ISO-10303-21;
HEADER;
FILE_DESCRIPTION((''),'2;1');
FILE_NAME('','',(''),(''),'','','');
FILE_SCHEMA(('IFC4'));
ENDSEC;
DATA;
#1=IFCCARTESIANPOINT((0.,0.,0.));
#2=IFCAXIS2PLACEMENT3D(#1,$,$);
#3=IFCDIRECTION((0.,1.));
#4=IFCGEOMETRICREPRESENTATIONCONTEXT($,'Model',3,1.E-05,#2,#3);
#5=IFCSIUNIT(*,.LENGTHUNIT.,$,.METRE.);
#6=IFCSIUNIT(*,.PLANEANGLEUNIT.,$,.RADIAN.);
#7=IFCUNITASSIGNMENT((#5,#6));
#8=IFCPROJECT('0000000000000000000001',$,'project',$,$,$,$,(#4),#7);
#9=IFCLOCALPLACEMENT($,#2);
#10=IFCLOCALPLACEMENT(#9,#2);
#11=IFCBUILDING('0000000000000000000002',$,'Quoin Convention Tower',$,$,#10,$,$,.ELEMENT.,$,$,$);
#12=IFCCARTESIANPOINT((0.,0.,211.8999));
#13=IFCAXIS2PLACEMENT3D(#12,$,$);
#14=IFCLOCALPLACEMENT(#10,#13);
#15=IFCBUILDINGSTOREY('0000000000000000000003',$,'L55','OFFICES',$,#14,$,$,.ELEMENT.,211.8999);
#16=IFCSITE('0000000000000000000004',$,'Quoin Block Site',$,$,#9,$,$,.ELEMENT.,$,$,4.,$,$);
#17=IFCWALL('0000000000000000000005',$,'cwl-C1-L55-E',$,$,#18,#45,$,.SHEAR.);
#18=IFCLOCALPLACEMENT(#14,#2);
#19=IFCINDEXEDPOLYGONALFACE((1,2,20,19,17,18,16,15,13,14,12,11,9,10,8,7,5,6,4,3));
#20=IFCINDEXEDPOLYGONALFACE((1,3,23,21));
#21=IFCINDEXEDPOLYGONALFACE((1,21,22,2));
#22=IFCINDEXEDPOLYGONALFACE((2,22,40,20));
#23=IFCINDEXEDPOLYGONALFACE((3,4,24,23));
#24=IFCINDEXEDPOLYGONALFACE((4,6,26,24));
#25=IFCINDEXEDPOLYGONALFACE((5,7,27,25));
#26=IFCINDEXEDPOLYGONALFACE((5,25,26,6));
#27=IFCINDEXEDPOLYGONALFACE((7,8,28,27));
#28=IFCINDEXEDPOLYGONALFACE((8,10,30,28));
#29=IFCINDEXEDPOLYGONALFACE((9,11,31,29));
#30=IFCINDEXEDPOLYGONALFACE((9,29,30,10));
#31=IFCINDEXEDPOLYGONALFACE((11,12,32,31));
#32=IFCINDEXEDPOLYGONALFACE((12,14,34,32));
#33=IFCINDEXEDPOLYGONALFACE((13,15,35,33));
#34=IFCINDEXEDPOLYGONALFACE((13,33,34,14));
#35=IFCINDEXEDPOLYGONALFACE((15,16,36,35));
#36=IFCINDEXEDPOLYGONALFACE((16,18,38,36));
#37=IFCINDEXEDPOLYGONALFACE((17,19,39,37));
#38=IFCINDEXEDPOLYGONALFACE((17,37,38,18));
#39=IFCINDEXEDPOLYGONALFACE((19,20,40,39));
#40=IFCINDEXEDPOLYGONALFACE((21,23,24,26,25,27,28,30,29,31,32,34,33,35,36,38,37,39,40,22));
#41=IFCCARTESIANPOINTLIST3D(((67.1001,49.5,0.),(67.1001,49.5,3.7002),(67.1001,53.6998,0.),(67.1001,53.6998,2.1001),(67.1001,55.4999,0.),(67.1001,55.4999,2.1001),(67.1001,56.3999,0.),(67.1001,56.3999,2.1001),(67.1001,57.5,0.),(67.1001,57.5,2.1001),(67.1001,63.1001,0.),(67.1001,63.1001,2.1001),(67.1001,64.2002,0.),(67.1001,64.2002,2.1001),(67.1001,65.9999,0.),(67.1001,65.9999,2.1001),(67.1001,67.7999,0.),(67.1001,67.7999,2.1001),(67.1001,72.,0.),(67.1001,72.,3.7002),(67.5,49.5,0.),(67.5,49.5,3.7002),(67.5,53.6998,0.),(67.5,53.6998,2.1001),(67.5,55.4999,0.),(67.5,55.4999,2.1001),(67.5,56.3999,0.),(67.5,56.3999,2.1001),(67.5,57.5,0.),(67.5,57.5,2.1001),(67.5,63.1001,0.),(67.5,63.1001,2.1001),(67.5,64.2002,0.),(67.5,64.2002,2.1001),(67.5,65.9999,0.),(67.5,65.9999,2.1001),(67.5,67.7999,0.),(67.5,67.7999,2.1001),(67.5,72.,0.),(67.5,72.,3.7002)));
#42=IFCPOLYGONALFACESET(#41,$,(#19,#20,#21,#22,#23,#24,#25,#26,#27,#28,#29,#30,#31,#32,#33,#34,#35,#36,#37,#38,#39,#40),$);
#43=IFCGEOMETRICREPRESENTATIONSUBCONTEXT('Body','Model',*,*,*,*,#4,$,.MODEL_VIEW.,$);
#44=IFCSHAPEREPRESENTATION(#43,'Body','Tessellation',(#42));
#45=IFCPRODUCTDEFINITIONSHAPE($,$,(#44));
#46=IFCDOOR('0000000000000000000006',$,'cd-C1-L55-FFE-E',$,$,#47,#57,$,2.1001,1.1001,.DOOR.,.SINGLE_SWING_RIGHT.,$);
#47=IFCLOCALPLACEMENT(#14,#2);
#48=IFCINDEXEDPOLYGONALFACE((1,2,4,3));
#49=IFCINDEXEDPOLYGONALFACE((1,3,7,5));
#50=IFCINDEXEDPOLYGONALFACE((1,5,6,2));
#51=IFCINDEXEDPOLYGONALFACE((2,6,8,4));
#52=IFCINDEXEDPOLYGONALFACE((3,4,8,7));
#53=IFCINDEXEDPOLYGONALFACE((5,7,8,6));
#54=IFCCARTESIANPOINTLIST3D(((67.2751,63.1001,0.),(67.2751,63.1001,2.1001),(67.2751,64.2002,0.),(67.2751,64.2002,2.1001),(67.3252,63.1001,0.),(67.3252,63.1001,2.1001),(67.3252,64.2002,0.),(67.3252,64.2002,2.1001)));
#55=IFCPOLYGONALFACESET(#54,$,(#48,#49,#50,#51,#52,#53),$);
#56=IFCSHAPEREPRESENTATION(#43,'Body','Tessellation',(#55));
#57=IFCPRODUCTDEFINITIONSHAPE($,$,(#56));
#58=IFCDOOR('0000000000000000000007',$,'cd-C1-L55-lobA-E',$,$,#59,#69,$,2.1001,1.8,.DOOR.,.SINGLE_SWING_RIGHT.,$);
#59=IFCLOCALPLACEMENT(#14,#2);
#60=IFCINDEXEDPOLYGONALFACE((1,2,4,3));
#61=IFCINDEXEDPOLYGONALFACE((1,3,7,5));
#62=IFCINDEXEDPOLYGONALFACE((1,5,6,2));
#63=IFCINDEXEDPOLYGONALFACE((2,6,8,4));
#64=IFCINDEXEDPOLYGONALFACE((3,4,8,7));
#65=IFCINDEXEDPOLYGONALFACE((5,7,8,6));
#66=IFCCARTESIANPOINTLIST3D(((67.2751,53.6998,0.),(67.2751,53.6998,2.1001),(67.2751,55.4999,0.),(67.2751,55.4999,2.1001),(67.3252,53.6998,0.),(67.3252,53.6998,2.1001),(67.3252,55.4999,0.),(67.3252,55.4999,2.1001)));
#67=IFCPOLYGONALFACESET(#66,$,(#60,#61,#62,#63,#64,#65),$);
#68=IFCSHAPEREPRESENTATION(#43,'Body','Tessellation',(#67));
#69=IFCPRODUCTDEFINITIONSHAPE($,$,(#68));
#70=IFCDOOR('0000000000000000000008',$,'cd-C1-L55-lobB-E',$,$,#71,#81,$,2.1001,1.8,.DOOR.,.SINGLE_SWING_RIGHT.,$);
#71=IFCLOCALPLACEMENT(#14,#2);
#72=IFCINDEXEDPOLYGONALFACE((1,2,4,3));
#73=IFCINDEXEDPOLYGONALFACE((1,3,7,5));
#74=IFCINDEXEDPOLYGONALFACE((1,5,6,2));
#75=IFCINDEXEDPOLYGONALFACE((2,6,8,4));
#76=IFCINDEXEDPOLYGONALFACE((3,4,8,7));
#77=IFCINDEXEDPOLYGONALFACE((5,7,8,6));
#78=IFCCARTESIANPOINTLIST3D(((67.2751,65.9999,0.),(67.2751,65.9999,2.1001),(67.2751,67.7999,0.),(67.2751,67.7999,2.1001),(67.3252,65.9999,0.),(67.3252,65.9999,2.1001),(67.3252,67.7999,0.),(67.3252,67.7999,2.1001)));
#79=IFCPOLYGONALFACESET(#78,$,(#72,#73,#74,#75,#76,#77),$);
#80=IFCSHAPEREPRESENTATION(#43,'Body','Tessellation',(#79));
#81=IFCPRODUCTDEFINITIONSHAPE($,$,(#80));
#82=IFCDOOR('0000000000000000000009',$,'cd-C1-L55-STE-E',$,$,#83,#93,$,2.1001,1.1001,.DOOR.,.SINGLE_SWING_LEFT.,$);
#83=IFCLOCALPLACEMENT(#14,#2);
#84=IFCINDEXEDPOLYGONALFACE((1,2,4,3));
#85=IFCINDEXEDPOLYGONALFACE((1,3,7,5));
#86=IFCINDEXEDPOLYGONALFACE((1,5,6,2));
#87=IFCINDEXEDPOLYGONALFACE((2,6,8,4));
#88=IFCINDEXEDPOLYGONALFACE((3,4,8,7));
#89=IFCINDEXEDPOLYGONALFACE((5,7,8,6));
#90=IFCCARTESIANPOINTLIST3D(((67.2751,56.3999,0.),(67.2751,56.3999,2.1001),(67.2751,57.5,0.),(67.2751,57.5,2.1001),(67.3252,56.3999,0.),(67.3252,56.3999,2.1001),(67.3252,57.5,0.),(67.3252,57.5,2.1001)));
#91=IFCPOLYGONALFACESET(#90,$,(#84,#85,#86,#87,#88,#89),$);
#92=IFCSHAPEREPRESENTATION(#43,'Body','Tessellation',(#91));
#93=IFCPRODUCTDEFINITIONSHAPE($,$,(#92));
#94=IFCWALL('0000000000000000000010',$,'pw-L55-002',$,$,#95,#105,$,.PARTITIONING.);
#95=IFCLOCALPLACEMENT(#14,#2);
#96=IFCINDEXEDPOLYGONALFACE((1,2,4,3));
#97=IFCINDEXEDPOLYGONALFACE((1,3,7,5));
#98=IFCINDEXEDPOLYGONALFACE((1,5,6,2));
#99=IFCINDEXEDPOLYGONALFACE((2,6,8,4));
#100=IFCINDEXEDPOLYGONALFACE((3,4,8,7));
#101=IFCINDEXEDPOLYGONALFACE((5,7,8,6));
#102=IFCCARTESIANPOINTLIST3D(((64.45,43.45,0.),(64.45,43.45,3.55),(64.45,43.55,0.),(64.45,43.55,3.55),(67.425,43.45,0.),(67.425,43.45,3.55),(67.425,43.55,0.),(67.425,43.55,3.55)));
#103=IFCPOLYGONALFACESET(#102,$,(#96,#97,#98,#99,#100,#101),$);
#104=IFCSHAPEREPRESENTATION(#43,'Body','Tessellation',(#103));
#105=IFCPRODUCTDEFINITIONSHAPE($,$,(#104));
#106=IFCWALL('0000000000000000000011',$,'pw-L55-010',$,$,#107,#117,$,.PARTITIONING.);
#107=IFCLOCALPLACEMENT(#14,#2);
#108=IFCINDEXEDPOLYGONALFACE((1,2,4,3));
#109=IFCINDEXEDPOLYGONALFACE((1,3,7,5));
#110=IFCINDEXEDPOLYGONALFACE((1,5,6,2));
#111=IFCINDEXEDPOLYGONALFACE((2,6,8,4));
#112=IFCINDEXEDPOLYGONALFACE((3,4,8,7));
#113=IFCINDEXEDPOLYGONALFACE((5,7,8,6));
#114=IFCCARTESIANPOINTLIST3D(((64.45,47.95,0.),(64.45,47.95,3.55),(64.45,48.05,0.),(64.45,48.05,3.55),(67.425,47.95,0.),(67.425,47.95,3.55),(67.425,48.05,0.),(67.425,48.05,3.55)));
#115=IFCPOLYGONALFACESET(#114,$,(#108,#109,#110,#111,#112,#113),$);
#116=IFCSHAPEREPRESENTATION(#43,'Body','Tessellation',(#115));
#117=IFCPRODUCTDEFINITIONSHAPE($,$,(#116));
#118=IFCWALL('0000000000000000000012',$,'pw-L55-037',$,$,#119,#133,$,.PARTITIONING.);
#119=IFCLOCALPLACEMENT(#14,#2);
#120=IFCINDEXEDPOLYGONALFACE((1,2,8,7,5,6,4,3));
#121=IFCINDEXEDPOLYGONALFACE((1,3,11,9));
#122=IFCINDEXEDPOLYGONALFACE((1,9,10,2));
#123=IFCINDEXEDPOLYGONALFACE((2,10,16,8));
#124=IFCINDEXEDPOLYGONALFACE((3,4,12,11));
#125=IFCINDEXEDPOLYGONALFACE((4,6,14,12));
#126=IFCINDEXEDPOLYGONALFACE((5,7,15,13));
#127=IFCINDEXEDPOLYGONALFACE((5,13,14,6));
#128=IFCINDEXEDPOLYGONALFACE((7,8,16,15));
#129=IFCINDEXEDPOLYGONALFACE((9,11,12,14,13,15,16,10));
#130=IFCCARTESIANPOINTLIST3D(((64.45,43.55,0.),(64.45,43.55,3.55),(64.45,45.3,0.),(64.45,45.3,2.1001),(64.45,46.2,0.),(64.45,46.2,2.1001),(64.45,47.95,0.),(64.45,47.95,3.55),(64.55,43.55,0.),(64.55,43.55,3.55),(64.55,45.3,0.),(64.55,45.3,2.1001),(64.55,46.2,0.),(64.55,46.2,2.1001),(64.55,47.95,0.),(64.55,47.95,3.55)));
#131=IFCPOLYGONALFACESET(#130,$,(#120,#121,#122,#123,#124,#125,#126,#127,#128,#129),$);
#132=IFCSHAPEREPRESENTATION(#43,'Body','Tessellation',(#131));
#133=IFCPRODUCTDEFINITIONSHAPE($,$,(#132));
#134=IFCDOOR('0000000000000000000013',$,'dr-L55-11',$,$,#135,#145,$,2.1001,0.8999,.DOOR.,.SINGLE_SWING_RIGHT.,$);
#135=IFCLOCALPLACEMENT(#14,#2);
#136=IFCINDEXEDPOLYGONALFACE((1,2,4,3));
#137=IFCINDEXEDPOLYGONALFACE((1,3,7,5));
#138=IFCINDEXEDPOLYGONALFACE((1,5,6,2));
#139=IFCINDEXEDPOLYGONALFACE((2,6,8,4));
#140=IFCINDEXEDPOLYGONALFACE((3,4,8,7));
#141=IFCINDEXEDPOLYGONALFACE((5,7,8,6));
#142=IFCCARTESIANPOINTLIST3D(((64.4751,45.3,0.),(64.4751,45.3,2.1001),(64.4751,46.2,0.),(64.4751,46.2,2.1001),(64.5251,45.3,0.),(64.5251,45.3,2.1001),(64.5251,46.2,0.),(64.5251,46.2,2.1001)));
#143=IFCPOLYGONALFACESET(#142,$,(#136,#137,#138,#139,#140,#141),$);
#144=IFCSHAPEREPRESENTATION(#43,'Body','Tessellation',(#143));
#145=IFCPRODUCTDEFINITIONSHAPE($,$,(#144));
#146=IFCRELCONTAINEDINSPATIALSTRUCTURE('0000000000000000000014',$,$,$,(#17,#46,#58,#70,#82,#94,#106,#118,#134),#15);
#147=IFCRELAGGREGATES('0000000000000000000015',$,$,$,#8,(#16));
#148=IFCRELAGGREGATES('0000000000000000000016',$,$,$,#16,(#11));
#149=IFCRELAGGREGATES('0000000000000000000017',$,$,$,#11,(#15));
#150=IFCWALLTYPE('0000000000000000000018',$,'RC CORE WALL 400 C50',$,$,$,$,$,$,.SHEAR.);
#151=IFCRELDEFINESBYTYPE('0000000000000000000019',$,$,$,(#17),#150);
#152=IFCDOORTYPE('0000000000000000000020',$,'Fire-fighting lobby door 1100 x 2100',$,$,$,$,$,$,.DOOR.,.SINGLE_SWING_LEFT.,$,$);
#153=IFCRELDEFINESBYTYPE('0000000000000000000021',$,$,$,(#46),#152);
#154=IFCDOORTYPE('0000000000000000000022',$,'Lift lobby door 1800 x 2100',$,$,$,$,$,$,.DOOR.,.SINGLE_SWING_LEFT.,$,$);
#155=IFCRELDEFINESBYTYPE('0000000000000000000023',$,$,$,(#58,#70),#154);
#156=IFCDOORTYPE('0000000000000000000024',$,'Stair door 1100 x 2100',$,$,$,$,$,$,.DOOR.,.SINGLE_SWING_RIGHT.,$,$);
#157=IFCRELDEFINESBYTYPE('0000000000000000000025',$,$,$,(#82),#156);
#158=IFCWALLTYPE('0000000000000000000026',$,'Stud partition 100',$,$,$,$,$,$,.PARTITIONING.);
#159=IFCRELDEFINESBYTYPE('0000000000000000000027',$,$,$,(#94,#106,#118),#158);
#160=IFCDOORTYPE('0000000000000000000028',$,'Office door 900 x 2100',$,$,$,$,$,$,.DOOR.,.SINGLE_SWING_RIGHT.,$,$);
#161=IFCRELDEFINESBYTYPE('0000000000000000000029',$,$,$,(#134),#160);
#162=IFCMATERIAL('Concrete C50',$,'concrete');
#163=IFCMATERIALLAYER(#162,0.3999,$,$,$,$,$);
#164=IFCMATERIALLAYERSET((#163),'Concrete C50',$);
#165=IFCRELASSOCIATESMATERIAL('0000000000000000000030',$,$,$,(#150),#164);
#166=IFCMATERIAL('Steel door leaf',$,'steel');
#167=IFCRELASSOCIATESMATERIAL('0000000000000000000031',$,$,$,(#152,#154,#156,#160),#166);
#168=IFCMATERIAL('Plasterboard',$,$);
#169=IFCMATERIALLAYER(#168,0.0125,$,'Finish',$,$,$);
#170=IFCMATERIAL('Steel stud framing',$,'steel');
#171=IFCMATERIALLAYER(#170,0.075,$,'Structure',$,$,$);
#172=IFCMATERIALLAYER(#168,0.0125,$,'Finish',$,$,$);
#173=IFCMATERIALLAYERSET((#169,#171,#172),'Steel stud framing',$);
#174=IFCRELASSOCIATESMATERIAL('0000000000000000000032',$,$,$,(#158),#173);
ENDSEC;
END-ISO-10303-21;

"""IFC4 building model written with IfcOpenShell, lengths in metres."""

from ifc_helpers import new_model, si_unit, direction, frame, frame_2d, origin, place, context, subcontext, project, spatial, rectangle, extrude, material, layer, layer_set, type_object, element, fill, save


model = new_model("IFC4")

# Units and contexts
model_context = context("Model", 3, precision=1e-05, world=origin(), true_north=direction((0.0, 1.0)))
body_context = subcontext(model_context, "Body", "Model", "MODEL_VIEW")
ifc_project = project(units=[si_unit("LENGTHUNIT", "METRE"), si_unit("PLANEANGLEUNIT", "RADIAN")], contexts=[model_context])

# Site, building, storey
site_placement = place(None, origin())
site = spatial("IfcSite", under=ifc_project, at=site_placement, Name="Quoin Block Site", CompositionType="ELEMENT", RefElevation=4.0)
building_placement = place(site_placement, origin())
building = spatial("IfcBuilding", under=site, at=building_placement, Name="Quoin Convention Tower", CompositionType="ELEMENT")
storey_placement = place(building_placement, frame((0.0, 0.0, 211.8999)))
storey = spatial("IfcBuildingStorey", under=building, at=storey_placement, Name="L55", Description="OFFICES", CompositionType="ELEMENT", Elevation=211.8999)

# Shared definitions
ifc_material_1 = material(Name="Concrete C50", Category="concrete")

# Shared definitions
ifc_material_2 = material(Name="Plasterboard")
ifc_material_3 = material(Name="Steel stud framing", Category="steel")

# Shared definitions
ifc_material_4 = material(Name="Steel door leaf", Category="steel")

# Wall, openings, doors
ifc_layer_1 = layer(ifc_material_1, 0.3999)
ifc_layer_set_1 = layer_set([ifc_layer_1], Name="Concrete C50")
wall_type_1 = type_object("IfcWallType", Name="RC CORE WALL 400 C50", PredefinedType="SHEAR", material=ifc_layer_set_1)
wall_1_placement = place(storey_placement, frame((67.3, 49.5, 0.0), z_axis=(0.0, 0.0, 1.0), x_axis=(0.0, 1.0, 0.0)))
wall_1 = element("IfcWall", 1, at=wall_1_placement, inside=storey, type_object=wall_type_1, Name="cwl-C1-L55-E", PredefinedType="SHEAR", context=body_context, shape_type="SweptSolid", body=[
    extrude(rectangle(XDim=22.5, YDim=0.3999, at=frame_2d((11.25, 0.0))), origin(), (0.0, 0.0, 1.0), 3.7002),
])
opening_1_placement = place(wall_1_placement, frame((4.2, 0.0, 0.0)))
opening_1 = element("IfcOpeningElement", 2, at=opening_1_placement, cuts=wall_1, PredefinedType="OPENING", context=body_context, shape_type="SweptSolid", body=[
    extrude(rectangle(XDim=1.8, YDim=2.1001, at=frame_2d((0.8999, 1.05))), frame((0.0, 0.21, 0.0), z_axis=(0.0, -1.0, 0.0), x_axis=(1.0, 0.0, 0.0)), (0.0, 0.0, 1.0), 0.4199),
])
opening_2_placement = place(wall_1_placement, frame((6.8999, 0.0, 0.0)))
opening_2 = element("IfcOpeningElement", 3, at=opening_2_placement, cuts=wall_1, PredefinedType="OPENING", context=body_context, shape_type="SweptSolid", body=[
    extrude(rectangle(XDim=1.1001, YDim=2.1001, at=frame_2d((0.55, 1.05))), frame((0.0, 0.21, 0.0), z_axis=(0.0, -1.0, 0.0), x_axis=(1.0, 0.0, 0.0)), (0.0, 0.0, 1.0), 0.4199),
])
opening_3_placement = place(wall_1_placement, frame((13.6001, 0.0, 0.0)))
opening_3 = element("IfcOpeningElement", 4, at=opening_3_placement, cuts=wall_1, PredefinedType="OPENING", context=body_context, shape_type="SweptSolid", body=[
    extrude(rectangle(XDim=1.1001, YDim=2.1001, at=frame_2d((0.55, 1.05))), frame((0.0, 0.21, 0.0), z_axis=(0.0, -1.0, 0.0), x_axis=(1.0, 0.0, 0.0)), (0.0, 0.0, 1.0), 0.4199),
])
opening_4_placement = place(wall_1_placement, frame((16.5, 0.0, 0.0)))
opening_4 = element("IfcOpeningElement", 5, at=opening_4_placement, cuts=wall_1, PredefinedType="OPENING", context=body_context, shape_type="SweptSolid", body=[
    extrude(rectangle(XDim=1.8, YDim=2.1001, at=frame_2d((0.8999, 1.05))), frame((0.0, 0.21, 0.0), z_axis=(0.0, -1.0, 0.0), x_axis=(1.0, 0.0, 0.0)), (0.0, 0.0, 1.0), 0.4199),
])
door_type_1 = type_object("IfcDoorType", Name="Fire-fighting lobby door 1100 x 2100", OperationType="SINGLE_SWING_LEFT", PredefinedType="DOOR", material=ifc_material_4)
door_1_placement = place(opening_3_placement, origin())
door_1 = element("IfcDoor", 6, at=door_1_placement, inside=storey, type_object=door_type_1, Name="cd-C1-L55-FFE-E", OperationType="SINGLE_SWING_RIGHT", OverallHeight=2.1001, OverallWidth=1.1001, PredefinedType="DOOR", context=body_context, shape_type="SweptSolid", body=[
    extrude(rectangle(XDim=1.1001, YDim=2.1001, at=frame_2d((0.55, 1.05))), frame((0.0, 0.0249, 0.0), z_axis=(0.0, -1.0, 0.0), x_axis=(1.0, 0.0, 0.0)), (0.0, 0.0, 1.0), 0.05),
])
fill(opening_3, door_1)
door_type_2 = type_object("IfcDoorType", Name="Lift lobby door 1800 x 2100", OperationType="SINGLE_SWING_LEFT", PredefinedType="DOOR", material=ifc_material_4)
door_2_placement = place(opening_1_placement, origin())
door_2 = element("IfcDoor", 7, at=door_2_placement, inside=storey, type_object=door_type_2, Name="cd-C1-L55-lobA-E", OperationType="SINGLE_SWING_RIGHT", OverallHeight=2.1001, OverallWidth=1.8, PredefinedType="DOOR", context=body_context, shape_type="SweptSolid", body=[
    extrude(rectangle(XDim=1.8, YDim=2.1001, at=frame_2d((0.8999, 1.05))), frame((0.0, 0.0249, 0.0), z_axis=(0.0, -1.0, 0.0), x_axis=(1.0, 0.0, 0.0)), (0.0, 0.0, 1.0), 0.05),
])
fill(opening_1, door_2)
door_3_placement = place(opening_4_placement, origin())
door_3 = element("IfcDoor", 8, at=door_3_placement, inside=storey, type_object=door_type_2, Name="cd-C1-L55-lobB-E", OperationType="SINGLE_SWING_RIGHT", OverallHeight=2.1001, OverallWidth=1.8, PredefinedType="DOOR", context=body_context, shape_type="SweptSolid", body=[
    extrude(rectangle(XDim=1.8, YDim=2.1001, at=frame_2d((0.8999, 1.05))), frame((0.0, 0.0249, 0.0), z_axis=(0.0, -1.0, 0.0), x_axis=(1.0, 0.0, 0.0)), (0.0, 0.0, 1.0), 0.05),
])
fill(opening_4, door_3)
door_type_3 = type_object("IfcDoorType", Name="Stair door 1100 x 2100", OperationType="SINGLE_SWING_RIGHT", PredefinedType="DOOR", material=ifc_material_4)
door_4_placement = place(opening_2_placement, origin())
door_4 = element("IfcDoor", 9, at=door_4_placement, inside=storey, type_object=door_type_3, Name="cd-C1-L55-STE-E", OperationType="SINGLE_SWING_LEFT", OverallHeight=2.1001, OverallWidth=1.1001, PredefinedType="DOOR", context=body_context, shape_type="SweptSolid", body=[
    extrude(rectangle(XDim=1.1001, YDim=2.1001, at=frame_2d((0.55, 1.05))), frame((0.0, 0.0249, 0.0), z_axis=(0.0, -1.0, 0.0), x_axis=(1.0, 0.0, 0.0)), (0.0, 0.0, 1.0), 0.05),
])
fill(opening_2, door_4)

# Walls
ifc_layer_2 = layer(ifc_material_2, 0.0125, Name="Finish")
ifc_layer_3 = layer(ifc_material_3, 0.075, Name="Structure")
ifc_layer_4 = layer(ifc_material_2, 0.0125, Name="Finish")
ifc_layer_set_2 = layer_set([ifc_layer_2, ifc_layer_3, ifc_layer_4], Name="Steel stud framing")
wall_type_2 = type_object("IfcWallType", Name="Stud partition 100", PredefinedType="PARTITIONING", material=ifc_layer_set_2)
for number, where, z_axis, x_axis, name in (
    (10, (64.45, 43.5, 0.0), (0.0, 0.0, 1.0), (1.0, 0.0, 0.0), "pw-L55-002"),
    (11, (64.45, 48.0, 0.0), (0.0, 0.0, 1.0), (1.0, 0.0, 0.0), "pw-L55-010"),
):
    element("IfcWall", number, at=place(storey_placement, frame(where, z_axis=z_axis, x_axis=x_axis)), inside=storey, type_object=wall_type_2, Name=name, PredefinedType="PARTITIONING", context=body_context, shape_type="SweptSolid", body=[
        extrude(rectangle(XDim=2.9751, YDim=0.1001, at=frame_2d((1.4875, 0.0))), origin(), (0.0, 0.0, 1.0), 3.55),
    ])

# Wall, opening, door
wall_2_placement = place(storey_placement, frame((64.5, 43.55, 0.0), z_axis=(0.0, 0.0, 1.0), x_axis=(0.0, 1.0, 0.0)))
wall_2 = element("IfcWall", 12, at=wall_2_placement, inside=storey, type_object=wall_type_2, Name="pw-L55-037", PredefinedType="PARTITIONING", context=body_context, shape_type="SweptSolid", body=[
    extrude(rectangle(XDim=4.3999, YDim=0.1001, at=frame_2d((2.2, 0.0))), origin(), (0.0, 0.0, 1.0), 3.55),
])
opening_5_placement = place(wall_2_placement, frame((1.75, 0.0, 0.0)))
opening_5 = element("IfcOpeningElement", 13, at=opening_5_placement, cuts=wall_2, PredefinedType="OPENING", context=body_context, shape_type="SweptSolid", body=[
    extrude(rectangle(XDim=0.8999, YDim=2.1001, at=frame_2d((0.45, 1.05))), frame((0.0, 0.0601, 0.0), z_axis=(0.0, -1.0, 0.0), x_axis=(1.0, 0.0, 0.0)), (0.0, 0.0, 1.0), 0.1201),
])
door_type_4 = type_object("IfcDoorType", Name="Office door 900 x 2100", OperationType="SINGLE_SWING_RIGHT", PredefinedType="DOOR", material=ifc_material_4)
door_5_placement = place(opening_5_placement, origin())
door_5 = element("IfcDoor", 14, at=door_5_placement, inside=storey, type_object=door_type_4, Name="dr-L55-11", OperationType="SINGLE_SWING_RIGHT", OverallHeight=2.1001, OverallWidth=0.8999, PredefinedType="DOOR", context=body_context, shape_type="SweptSolid", body=[
    extrude(rectangle(XDim=0.8999, YDim=2.1001, at=frame_2d((0.45, 1.05))), frame((0.0, 0.0249, 0.0), z_axis=(0.0, -1.0, 0.0), x_axis=(1.0, 0.0, 0.0)), (0.0, 0.0, 1.0), 0.05),
])
fill(opening_5, door_5)

save(model, "model.ifc")
